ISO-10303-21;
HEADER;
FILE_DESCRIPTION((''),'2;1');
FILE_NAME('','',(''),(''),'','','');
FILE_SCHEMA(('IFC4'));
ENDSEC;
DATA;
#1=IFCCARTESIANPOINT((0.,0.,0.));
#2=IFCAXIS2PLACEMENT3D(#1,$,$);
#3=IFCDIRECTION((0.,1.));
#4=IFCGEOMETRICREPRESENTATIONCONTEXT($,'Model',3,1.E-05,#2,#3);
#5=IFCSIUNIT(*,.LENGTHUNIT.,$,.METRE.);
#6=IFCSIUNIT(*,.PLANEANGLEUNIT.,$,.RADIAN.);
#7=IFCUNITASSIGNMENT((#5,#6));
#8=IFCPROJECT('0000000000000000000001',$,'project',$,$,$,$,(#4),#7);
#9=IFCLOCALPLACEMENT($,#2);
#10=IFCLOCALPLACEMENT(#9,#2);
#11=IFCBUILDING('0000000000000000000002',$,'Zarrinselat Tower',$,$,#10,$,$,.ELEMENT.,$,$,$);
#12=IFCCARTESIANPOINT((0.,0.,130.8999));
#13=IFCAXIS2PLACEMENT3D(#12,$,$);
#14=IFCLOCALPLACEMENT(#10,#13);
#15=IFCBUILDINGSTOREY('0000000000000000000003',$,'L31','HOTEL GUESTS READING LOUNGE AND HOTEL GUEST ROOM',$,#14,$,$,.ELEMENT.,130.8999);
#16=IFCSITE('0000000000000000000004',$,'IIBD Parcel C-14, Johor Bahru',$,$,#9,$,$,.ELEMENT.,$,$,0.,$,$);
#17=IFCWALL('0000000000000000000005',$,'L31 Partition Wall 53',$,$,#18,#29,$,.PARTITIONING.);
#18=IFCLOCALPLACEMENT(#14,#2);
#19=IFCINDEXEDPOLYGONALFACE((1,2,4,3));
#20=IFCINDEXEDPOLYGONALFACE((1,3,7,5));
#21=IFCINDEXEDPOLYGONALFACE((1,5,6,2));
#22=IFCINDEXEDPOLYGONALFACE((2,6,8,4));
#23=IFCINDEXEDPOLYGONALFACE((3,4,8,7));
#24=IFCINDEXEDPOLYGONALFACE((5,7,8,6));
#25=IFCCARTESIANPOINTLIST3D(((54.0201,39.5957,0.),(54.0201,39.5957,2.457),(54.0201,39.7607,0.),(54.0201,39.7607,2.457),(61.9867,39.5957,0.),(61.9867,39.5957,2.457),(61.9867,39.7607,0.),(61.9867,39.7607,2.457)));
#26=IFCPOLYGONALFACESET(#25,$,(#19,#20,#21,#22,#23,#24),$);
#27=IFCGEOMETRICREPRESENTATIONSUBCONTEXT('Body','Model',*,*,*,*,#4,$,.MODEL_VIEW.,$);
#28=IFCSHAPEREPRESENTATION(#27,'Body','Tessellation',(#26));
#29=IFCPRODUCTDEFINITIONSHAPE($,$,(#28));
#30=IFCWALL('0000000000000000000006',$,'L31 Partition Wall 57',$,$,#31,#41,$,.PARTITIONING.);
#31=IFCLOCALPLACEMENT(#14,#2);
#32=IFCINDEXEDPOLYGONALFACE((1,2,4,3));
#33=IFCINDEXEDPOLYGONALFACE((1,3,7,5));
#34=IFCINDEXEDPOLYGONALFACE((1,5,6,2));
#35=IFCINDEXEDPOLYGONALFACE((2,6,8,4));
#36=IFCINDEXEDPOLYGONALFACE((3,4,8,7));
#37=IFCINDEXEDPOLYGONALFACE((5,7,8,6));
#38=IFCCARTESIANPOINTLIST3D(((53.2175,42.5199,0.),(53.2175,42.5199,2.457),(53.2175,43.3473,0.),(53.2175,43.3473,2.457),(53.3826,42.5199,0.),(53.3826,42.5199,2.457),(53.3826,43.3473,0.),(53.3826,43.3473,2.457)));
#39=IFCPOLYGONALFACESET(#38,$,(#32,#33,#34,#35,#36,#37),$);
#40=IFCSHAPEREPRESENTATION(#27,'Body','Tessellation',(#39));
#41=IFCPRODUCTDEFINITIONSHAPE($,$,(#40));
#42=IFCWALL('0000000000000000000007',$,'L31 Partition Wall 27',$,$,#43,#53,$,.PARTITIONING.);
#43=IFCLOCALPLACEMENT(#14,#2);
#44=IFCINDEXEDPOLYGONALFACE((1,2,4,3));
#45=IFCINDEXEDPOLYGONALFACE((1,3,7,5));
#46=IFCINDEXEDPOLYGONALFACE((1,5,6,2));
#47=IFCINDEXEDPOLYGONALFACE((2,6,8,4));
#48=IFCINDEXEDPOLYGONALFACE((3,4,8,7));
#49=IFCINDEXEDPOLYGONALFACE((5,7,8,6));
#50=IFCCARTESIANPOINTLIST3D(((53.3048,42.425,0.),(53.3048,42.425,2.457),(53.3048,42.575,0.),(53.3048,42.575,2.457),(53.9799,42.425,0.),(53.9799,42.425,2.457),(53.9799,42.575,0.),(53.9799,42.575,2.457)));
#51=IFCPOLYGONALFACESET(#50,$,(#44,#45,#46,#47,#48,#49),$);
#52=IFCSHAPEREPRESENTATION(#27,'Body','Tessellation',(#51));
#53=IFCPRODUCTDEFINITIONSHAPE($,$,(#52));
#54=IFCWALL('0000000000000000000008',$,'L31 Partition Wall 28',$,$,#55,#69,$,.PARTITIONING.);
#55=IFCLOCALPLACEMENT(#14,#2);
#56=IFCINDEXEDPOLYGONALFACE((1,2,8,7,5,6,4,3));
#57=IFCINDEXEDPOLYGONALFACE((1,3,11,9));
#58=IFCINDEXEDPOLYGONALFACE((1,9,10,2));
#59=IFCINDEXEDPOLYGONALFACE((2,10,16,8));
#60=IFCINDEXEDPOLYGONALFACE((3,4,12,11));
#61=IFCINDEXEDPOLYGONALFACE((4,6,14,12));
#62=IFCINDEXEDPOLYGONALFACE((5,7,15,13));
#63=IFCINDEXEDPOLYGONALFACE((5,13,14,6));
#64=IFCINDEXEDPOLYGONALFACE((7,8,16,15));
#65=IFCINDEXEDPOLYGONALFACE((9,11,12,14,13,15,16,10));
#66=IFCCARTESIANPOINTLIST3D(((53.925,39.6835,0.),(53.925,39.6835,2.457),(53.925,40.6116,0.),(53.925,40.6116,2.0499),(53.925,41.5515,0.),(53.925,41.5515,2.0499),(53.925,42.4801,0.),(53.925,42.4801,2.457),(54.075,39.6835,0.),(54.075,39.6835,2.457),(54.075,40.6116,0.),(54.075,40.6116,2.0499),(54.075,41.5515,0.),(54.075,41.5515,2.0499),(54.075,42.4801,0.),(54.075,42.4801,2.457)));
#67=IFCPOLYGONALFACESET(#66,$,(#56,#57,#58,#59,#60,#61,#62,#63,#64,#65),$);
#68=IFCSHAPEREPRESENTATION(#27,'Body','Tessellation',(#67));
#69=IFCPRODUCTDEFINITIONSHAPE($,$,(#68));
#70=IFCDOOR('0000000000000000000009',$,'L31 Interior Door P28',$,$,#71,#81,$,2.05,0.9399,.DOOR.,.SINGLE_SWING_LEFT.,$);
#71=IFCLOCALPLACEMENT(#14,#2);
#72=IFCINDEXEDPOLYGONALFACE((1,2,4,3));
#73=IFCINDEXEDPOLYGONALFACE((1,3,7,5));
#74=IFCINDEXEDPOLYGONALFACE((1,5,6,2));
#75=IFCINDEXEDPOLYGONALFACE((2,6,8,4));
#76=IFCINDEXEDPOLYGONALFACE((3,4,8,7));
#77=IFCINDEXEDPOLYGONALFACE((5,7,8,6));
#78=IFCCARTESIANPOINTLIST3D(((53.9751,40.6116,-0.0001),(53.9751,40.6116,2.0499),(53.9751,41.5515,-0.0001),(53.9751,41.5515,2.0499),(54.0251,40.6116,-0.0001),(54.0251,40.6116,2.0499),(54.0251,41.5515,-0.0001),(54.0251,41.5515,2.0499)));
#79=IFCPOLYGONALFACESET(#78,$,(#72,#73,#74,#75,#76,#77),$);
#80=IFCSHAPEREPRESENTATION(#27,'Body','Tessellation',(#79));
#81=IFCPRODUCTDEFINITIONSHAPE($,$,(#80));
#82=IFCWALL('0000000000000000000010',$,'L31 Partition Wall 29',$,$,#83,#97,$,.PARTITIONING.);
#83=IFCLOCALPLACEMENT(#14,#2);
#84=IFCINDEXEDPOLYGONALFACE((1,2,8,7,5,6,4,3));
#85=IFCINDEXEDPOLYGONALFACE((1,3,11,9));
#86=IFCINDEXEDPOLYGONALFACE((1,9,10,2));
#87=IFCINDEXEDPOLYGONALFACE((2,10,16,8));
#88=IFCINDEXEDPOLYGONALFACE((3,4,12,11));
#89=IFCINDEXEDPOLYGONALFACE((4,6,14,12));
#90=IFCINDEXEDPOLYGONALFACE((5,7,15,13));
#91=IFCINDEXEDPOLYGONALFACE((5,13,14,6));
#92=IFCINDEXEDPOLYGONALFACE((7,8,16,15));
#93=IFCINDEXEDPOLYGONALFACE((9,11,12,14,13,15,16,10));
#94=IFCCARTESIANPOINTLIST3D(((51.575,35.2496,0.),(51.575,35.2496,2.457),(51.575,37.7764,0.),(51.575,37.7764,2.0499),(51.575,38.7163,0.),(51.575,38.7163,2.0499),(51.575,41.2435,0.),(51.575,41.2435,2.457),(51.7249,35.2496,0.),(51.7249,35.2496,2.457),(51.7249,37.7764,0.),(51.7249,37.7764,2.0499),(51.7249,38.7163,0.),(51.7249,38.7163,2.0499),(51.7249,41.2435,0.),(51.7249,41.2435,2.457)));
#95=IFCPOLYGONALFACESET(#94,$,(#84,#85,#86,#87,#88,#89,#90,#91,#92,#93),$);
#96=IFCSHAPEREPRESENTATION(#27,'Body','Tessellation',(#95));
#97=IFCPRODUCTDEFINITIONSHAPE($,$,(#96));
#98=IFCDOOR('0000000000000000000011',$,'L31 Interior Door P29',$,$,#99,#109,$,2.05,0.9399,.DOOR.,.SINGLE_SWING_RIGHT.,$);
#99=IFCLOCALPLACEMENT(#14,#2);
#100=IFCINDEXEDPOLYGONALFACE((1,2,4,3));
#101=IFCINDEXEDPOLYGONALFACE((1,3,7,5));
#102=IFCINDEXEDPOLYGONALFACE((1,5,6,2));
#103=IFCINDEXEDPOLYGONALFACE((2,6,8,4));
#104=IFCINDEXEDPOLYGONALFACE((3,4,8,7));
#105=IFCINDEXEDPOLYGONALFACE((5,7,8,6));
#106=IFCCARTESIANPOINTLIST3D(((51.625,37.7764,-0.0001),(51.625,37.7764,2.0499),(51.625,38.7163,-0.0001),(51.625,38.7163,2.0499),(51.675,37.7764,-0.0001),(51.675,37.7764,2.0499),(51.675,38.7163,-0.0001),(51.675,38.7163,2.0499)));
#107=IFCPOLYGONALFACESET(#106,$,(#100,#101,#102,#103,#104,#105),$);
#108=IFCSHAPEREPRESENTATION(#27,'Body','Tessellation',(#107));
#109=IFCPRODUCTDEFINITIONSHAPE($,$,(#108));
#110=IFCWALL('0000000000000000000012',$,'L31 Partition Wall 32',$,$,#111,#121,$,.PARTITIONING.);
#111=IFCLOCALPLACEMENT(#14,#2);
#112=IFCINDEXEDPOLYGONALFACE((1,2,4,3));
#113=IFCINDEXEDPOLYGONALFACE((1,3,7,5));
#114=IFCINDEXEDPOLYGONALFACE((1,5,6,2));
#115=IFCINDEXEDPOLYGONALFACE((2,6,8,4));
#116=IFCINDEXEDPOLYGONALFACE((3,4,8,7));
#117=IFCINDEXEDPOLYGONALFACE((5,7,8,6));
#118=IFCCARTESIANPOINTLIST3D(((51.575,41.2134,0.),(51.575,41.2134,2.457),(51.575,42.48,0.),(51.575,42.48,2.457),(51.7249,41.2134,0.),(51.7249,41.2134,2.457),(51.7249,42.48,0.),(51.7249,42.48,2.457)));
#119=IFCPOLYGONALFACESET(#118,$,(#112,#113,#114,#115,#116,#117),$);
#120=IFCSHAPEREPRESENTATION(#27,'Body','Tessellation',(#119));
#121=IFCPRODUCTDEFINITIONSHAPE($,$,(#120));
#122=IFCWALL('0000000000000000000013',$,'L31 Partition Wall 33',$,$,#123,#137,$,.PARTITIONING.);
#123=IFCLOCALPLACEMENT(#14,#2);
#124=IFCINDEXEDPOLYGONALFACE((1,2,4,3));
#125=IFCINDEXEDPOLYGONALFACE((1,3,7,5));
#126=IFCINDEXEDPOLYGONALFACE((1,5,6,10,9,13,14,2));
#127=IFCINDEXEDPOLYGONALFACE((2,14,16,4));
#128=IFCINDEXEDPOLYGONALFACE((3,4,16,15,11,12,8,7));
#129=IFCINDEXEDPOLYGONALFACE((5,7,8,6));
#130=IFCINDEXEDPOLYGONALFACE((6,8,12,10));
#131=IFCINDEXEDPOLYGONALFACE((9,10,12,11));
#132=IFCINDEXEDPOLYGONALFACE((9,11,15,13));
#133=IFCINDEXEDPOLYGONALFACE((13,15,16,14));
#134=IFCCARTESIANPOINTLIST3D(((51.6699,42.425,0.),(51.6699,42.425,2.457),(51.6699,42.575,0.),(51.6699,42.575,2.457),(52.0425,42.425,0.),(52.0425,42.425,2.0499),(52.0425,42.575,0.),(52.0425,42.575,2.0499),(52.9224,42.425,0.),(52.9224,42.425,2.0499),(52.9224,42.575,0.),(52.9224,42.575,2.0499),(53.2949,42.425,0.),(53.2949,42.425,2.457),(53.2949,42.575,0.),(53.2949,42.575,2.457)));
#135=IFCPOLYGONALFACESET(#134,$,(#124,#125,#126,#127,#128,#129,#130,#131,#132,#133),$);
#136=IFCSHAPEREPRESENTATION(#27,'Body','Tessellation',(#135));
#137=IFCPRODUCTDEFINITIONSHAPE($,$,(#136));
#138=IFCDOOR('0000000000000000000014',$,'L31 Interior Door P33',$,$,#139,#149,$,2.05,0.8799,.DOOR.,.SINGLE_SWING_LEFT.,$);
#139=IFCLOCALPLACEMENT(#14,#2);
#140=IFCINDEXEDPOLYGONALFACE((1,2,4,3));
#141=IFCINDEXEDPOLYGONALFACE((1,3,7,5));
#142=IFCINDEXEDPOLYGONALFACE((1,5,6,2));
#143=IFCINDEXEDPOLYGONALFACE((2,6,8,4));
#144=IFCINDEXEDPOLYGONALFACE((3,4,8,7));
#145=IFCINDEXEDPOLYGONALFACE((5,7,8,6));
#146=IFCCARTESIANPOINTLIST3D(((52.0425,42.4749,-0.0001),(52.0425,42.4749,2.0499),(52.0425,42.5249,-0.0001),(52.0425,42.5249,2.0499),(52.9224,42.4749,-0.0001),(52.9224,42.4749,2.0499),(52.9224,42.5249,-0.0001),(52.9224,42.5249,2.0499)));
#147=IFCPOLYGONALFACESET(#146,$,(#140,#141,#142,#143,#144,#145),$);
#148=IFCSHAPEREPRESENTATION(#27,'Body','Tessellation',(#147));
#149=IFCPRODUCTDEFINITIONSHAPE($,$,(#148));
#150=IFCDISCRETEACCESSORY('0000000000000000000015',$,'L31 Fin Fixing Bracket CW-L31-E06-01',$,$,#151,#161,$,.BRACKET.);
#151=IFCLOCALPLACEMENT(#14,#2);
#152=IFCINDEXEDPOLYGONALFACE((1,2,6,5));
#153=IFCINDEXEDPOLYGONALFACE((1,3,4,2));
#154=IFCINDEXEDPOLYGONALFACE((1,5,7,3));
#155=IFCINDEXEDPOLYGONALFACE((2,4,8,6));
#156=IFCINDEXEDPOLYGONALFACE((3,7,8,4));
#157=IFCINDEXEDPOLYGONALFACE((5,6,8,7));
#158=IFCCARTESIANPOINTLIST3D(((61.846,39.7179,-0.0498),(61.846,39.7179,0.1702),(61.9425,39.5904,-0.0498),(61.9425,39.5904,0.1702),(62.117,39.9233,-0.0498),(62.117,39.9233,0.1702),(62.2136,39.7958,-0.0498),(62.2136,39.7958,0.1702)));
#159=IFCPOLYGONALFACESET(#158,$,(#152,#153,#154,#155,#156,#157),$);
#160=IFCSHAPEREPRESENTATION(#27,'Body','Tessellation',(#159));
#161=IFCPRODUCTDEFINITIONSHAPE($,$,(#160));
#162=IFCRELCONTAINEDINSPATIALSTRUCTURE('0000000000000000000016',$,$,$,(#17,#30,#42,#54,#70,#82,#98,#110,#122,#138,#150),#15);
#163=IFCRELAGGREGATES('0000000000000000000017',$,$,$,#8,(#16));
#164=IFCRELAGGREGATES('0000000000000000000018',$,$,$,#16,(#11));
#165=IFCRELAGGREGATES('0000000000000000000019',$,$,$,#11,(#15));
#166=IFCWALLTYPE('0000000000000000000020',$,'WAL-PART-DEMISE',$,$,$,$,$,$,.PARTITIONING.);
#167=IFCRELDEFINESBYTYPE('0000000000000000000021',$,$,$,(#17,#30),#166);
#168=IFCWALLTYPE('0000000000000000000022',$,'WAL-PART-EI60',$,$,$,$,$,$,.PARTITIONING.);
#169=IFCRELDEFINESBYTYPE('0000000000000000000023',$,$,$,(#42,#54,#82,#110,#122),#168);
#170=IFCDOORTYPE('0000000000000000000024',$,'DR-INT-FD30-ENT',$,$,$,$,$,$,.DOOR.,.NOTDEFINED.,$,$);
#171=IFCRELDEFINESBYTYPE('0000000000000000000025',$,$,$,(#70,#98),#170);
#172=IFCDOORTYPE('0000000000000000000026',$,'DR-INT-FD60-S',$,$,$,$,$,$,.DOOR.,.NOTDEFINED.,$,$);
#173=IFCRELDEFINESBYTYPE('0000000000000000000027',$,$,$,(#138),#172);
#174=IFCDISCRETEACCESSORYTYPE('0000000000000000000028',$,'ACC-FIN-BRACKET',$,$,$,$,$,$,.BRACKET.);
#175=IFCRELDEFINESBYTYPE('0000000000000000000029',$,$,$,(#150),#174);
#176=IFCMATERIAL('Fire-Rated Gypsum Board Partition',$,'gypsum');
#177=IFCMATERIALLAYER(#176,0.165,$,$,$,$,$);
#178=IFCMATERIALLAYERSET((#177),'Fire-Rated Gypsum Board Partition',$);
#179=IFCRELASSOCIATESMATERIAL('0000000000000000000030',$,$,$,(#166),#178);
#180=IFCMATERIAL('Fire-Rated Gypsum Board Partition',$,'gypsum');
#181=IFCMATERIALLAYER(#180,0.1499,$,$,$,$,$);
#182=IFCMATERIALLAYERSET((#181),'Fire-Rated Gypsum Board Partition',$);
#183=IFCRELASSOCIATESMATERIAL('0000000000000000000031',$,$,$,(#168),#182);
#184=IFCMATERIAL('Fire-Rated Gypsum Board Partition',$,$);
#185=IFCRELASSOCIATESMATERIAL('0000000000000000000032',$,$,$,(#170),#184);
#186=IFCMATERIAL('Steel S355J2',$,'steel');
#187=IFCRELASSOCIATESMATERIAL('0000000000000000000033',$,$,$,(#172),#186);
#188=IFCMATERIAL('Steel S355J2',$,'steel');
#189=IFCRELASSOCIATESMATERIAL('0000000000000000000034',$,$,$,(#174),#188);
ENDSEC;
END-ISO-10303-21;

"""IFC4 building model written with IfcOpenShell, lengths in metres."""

from ifc_helpers import new_model, si_unit, direction, frame, frame_2d, origin, origin_2d, place, context, subcontext, project, spatial, rectangle, extrude, material, layer, layer_set, type_object, element, fill, save


model = new_model("IFC4")

# Units and contexts
model_context = context("Model", 3, precision=1e-05, world=origin(), true_north=direction((0.0, 1.0)))
body_context = subcontext(model_context, "Body", "Model", "MODEL_VIEW")
ifc_project = project(units=[si_unit("LENGTHUNIT", "METRE"), si_unit("PLANEANGLEUNIT", "RADIAN")], contexts=[model_context])

# Site, building, storey
site_placement = place(None, origin())
site = spatial("IfcSite", under=ifc_project, at=site_placement, Name="IIBD Parcel C-14, Johor Bahru", CompositionType="ELEMENT", RefElevation=0.0)
building_placement = place(site_placement, origin())
building = spatial("IfcBuilding", under=site, at=building_placement, Name="Zarrinselat Tower", CompositionType="ELEMENT")
storey_placement = place(building_placement, frame((0.0, 0.0, 130.8999)))
storey = spatial("IfcBuildingStorey", under=building, at=storey_placement, Name="L31", Description="HOTEL GUESTS READING LOUNGE AND HOTEL GUEST ROOM", CompositionType="ELEMENT", Elevation=130.8999)

# Walls
ifc_material_1 = material(Name="Fire-Rated Gypsum Board Partition", Category="gypsum")
ifc_layer_1 = layer(ifc_material_1, 0.165)
ifc_layer_set_1 = layer_set([ifc_layer_1], Name="Fire-Rated Gypsum Board Partition")
wall_type_1 = type_object("IfcWallType", Name="WAL-PART-DEMISE", PredefinedType="PARTITIONING", material=ifc_layer_set_1)
wall_1_placement = place(storey_placement, frame((54.02, 39.6782, 0.0), z_axis=(0.0, 0.0, 1.0), x_axis=(1.0, 0.0, 0.0)))
element("IfcWall", 1, at=wall_1_placement, inside=storey, type_object=wall_type_1, Name="L31 Partition Wall 53", PredefinedType="PARTITIONING", context=body_context, shape_type="SweptSolid", body=[
    extrude(rectangle(XDim=7.9666, YDim=0.165, at=frame_2d((3.9834, 0.0))), origin(), (0.0, 0.0, 1.0), 2.457),
])
wall_2_placement = place(storey_placement, frame((53.3, 42.52, 0.0), z_axis=(0.0, 0.0, 1.0), x_axis=(0.0, 1.0, 0.0)))
element("IfcWall", 2, at=wall_2_placement, inside=storey, type_object=wall_type_1, Name="L31 Partition Wall 57", PredefinedType="PARTITIONING", context=body_context, shape_type="SweptSolid", body=[
    extrude(rectangle(XDim=0.8274, YDim=0.165, at=frame_2d((0.4136, 0.0))), origin(), (0.0, 0.0, 1.0), 2.457),
])
ifc_material_2 = material(Name="Fire-Rated Gypsum Board Partition", Category="gypsum")
ifc_layer_2 = layer(ifc_material_2, 0.1499)
ifc_layer_set_2 = layer_set([ifc_layer_2], Name="Fire-Rated Gypsum Board Partition")
wall_type_2 = type_object("IfcWallType", Name="WAL-PART-EI60", PredefinedType="PARTITIONING", material=ifc_layer_set_2)
wall_3_placement = place(storey_placement, frame((53.3049, 42.5, 0.0), z_axis=(0.0, 0.0, 1.0), x_axis=(1.0, 0.0, 0.0)))
element("IfcWall", 3, at=wall_3_placement, inside=storey, type_object=wall_type_2, Name="L31 Partition Wall 27", PredefinedType="PARTITIONING", context=body_context, shape_type="SweptSolid", body=[
    extrude(rectangle(XDim=0.675, YDim=0.1499, at=frame_2d((0.3374, 0.0))), origin(), (0.0, 0.0, 1.0), 2.457),
])

# Walls, openings, doors
wall_4_placement = place(storey_placement, frame((54.0, 39.6833, 0.0), z_axis=(0.0, 0.0, 1.0), x_axis=(0.0, 1.0, 0.0)))
wall_4 = element("IfcWall", 4, at=wall_4_placement, inside=storey, type_object=wall_type_2, Name="L31 Partition Wall 28", PredefinedType="PARTITIONING", context=body_context, shape_type="SweptSolid", body=[
    extrude(rectangle(XDim=2.7966, YDim=0.1499, at=frame_2d((1.3984, 0.0))), origin(), (0.0, 0.0, 1.0), 2.457),
])
opening_1_placement = place(wall_4_placement, frame((0.9282, 0.0, 0.0)))
opening_1 = element("IfcOpeningElement", 5, at=opening_1_placement, cuts=wall_4, PredefinedType="OPENING", context=body_context, shape_type="SweptSolid", body=[
    extrude(rectangle(XDim=0.9399, YDim=2.05, at=frame_2d((0.47, 1.0249))), frame((0.0, 0.085, 0.0), z_axis=(0.0, -1.0, 0.0), x_axis=(1.0, 0.0, 0.0)), (0.0, 0.0, 1.0), 0.1699),
])
ifc_material_3 = material(Name="Fire-Rated Gypsum Board Partition")
door_type_1 = type_object("IfcDoorType", Name="DR-INT-FD30-ENT", OperationType="NOTDEFINED", PredefinedType="DOOR", material=ifc_material_3)
door_1_placement = place(opening_1_placement, origin())
door_1 = element("IfcDoor", 6, at=door_1_placement, inside=storey, type_object=door_type_1, Name="L31 Interior Door P28", OperationType="SINGLE_SWING_LEFT", OverallHeight=2.05, OverallWidth=0.9399, PredefinedType="DOOR", context=body_context, shape_type="SweptSolid", body=[
    extrude(rectangle(XDim=0.9399, YDim=2.05, at=frame_2d((0.47, 1.0249))), frame((0.0, 0.0249, 0.0), z_axis=(0.0, -1.0, 0.0), x_axis=(1.0, 0.0, 0.0)), (0.0, 0.0, 1.0), 0.05),
])
fill(opening_1, door_1)
wall_5_placement = place(storey_placement, frame((51.6499, 35.2495, 0.0), z_axis=(0.0, 0.0, 1.0), x_axis=(0.0, 1.0, 0.0)))
wall_5 = element("IfcWall", 7, at=wall_5_placement, inside=storey, type_object=wall_type_2, Name="L31 Partition Wall 29", PredefinedType="PARTITIONING", context=body_context, shape_type="SweptSolid", body=[
    extrude(rectangle(XDim=5.9939, YDim=0.1499, at=frame_2d((2.9971, 0.0))), origin(), (0.0, 0.0, 1.0), 2.457),
])
opening_2_placement = place(wall_5_placement, frame((2.5269, 0.0, 0.0)))
opening_2 = element("IfcOpeningElement", 8, at=opening_2_placement, cuts=wall_5, PredefinedType="OPENING", context=body_context, shape_type="SweptSolid", body=[
    extrude(rectangle(XDim=0.9399, YDim=2.05, at=frame_2d((0.47, 1.0249))), frame((0.0, 0.085, 0.0), z_axis=(0.0, -1.0, 0.0), x_axis=(1.0, 0.0, 0.0)), (0.0, 0.0, 1.0), 0.1699),
])
door_2_placement = place(opening_2_placement, origin())
door_2 = element("IfcDoor", 9, at=door_2_placement, inside=storey, type_object=door_type_1, Name="L31 Interior Door P29", OperationType="SINGLE_SWING_RIGHT", OverallHeight=2.05, OverallWidth=0.9399, PredefinedType="DOOR", context=body_context, shape_type="SweptSolid", body=[
    extrude(rectangle(XDim=0.9399, YDim=2.05, at=frame_2d((0.47, 1.0249))), frame((0.0, 0.0249, 0.0), z_axis=(0.0, -1.0, 0.0), x_axis=(1.0, 0.0, 0.0)), (0.0, 0.0, 1.0), 0.05),
])
fill(opening_2, door_2)

# Wall
wall_6_placement = place(storey_placement, frame((51.6499, 41.2134, 0.0), z_axis=(0.0, 0.0, 1.0), x_axis=(0.0, 1.0, 0.0)))
element("IfcWall", 10, at=wall_6_placement, inside=storey, type_object=wall_type_2, Name="L31 Partition Wall 32", PredefinedType="PARTITIONING", context=body_context, shape_type="SweptSolid", body=[
    extrude(rectangle(XDim=1.2666, YDim=0.1499, at=frame_2d((0.6333, 0.0))), origin(), (0.0, 0.0, 1.0), 2.457),
])

# Wall, opening, door
wall_7_placement = place(storey_placement, frame((51.6699, 42.5, 0.0), z_axis=(0.0, 0.0, 1.0), x_axis=(1.0, 0.0, 0.0)))
wall_7 = element("IfcWall", 11, at=wall_7_placement, inside=storey, type_object=wall_type_2, Name="L31 Partition Wall 33", PredefinedType="PARTITIONING", context=body_context, shape_type="SweptSolid", body=[
    extrude(rectangle(XDim=1.625, YDim=0.1499, at=frame_2d((0.8125, 0.0))), origin(), (0.0, 0.0, 1.0), 2.457),
])
opening_3_placement = place(wall_7_placement, frame((0.3726, 0.0, 0.0)))
opening_3 = element("IfcOpeningElement", 12, at=opening_3_placement, cuts=wall_7, PredefinedType="OPENING", context=body_context, shape_type="SweptSolid", body=[
    extrude(rectangle(XDim=0.8799, YDim=2.05, at=frame_2d((0.4399, 1.0249))), frame((0.0, 0.085, 0.0), z_axis=(0.0, -1.0, 0.0), x_axis=(1.0, 0.0, 0.0)), (0.0, 0.0, 1.0), 0.1699),
])
ifc_material_4 = material(Name="Steel S355J2", Category="steel")
door_type_2 = type_object("IfcDoorType", Name="DR-INT-FD60-S", OperationType="NOTDEFINED", PredefinedType="DOOR", material=ifc_material_4)
door_3_placement = place(opening_3_placement, origin())
door_3 = element("IfcDoor", 13, at=door_3_placement, inside=storey, type_object=door_type_2, Name="L31 Interior Door P33", OperationType="SINGLE_SWING_LEFT", OverallHeight=2.05, OverallWidth=0.8799, PredefinedType="DOOR", context=body_context, shape_type="SweptSolid", body=[
    extrude(rectangle(XDim=0.8799, YDim=2.05, at=frame_2d((0.4399, 1.0249))), frame((0.0, 0.0249, 0.0), z_axis=(0.0, -1.0, 0.0), x_axis=(1.0, 0.0, 0.0)), (0.0, 0.0, 1.0), 0.05),
])
fill(opening_3, door_3)

# Discrete accessory
ifc_material_5 = material(Name="Steel S355J2", Category="steel")
discrete_accessory_type = type_object("IfcDiscreteAccessoryType", Name="ACC-FIN-BRACKET", PredefinedType="BRACKET", material=ifc_material_5)
discrete_accessory_placement = place(storey_placement, frame((62.0298, 39.7568, -0.0498), z_axis=(0.0, 0.0, 1.0), x_axis=(0.797092, 0.603858, 0.0)))
element("IfcDiscreteAccessory", 14, at=discrete_accessory_placement, inside=storey, type_object=discrete_accessory_type, Name="L31 Fin Fixing Bracket CW-L31-E06-01", PredefinedType="BRACKET", context=body_context, shape_type="SweptSolid", body=[
    extrude(rectangle(XDim=0.3401, YDim=0.1599, at=origin_2d()), origin(), (0.0, 0.0, 1.0), 0.22),
])

save(model, "model.ifc")
